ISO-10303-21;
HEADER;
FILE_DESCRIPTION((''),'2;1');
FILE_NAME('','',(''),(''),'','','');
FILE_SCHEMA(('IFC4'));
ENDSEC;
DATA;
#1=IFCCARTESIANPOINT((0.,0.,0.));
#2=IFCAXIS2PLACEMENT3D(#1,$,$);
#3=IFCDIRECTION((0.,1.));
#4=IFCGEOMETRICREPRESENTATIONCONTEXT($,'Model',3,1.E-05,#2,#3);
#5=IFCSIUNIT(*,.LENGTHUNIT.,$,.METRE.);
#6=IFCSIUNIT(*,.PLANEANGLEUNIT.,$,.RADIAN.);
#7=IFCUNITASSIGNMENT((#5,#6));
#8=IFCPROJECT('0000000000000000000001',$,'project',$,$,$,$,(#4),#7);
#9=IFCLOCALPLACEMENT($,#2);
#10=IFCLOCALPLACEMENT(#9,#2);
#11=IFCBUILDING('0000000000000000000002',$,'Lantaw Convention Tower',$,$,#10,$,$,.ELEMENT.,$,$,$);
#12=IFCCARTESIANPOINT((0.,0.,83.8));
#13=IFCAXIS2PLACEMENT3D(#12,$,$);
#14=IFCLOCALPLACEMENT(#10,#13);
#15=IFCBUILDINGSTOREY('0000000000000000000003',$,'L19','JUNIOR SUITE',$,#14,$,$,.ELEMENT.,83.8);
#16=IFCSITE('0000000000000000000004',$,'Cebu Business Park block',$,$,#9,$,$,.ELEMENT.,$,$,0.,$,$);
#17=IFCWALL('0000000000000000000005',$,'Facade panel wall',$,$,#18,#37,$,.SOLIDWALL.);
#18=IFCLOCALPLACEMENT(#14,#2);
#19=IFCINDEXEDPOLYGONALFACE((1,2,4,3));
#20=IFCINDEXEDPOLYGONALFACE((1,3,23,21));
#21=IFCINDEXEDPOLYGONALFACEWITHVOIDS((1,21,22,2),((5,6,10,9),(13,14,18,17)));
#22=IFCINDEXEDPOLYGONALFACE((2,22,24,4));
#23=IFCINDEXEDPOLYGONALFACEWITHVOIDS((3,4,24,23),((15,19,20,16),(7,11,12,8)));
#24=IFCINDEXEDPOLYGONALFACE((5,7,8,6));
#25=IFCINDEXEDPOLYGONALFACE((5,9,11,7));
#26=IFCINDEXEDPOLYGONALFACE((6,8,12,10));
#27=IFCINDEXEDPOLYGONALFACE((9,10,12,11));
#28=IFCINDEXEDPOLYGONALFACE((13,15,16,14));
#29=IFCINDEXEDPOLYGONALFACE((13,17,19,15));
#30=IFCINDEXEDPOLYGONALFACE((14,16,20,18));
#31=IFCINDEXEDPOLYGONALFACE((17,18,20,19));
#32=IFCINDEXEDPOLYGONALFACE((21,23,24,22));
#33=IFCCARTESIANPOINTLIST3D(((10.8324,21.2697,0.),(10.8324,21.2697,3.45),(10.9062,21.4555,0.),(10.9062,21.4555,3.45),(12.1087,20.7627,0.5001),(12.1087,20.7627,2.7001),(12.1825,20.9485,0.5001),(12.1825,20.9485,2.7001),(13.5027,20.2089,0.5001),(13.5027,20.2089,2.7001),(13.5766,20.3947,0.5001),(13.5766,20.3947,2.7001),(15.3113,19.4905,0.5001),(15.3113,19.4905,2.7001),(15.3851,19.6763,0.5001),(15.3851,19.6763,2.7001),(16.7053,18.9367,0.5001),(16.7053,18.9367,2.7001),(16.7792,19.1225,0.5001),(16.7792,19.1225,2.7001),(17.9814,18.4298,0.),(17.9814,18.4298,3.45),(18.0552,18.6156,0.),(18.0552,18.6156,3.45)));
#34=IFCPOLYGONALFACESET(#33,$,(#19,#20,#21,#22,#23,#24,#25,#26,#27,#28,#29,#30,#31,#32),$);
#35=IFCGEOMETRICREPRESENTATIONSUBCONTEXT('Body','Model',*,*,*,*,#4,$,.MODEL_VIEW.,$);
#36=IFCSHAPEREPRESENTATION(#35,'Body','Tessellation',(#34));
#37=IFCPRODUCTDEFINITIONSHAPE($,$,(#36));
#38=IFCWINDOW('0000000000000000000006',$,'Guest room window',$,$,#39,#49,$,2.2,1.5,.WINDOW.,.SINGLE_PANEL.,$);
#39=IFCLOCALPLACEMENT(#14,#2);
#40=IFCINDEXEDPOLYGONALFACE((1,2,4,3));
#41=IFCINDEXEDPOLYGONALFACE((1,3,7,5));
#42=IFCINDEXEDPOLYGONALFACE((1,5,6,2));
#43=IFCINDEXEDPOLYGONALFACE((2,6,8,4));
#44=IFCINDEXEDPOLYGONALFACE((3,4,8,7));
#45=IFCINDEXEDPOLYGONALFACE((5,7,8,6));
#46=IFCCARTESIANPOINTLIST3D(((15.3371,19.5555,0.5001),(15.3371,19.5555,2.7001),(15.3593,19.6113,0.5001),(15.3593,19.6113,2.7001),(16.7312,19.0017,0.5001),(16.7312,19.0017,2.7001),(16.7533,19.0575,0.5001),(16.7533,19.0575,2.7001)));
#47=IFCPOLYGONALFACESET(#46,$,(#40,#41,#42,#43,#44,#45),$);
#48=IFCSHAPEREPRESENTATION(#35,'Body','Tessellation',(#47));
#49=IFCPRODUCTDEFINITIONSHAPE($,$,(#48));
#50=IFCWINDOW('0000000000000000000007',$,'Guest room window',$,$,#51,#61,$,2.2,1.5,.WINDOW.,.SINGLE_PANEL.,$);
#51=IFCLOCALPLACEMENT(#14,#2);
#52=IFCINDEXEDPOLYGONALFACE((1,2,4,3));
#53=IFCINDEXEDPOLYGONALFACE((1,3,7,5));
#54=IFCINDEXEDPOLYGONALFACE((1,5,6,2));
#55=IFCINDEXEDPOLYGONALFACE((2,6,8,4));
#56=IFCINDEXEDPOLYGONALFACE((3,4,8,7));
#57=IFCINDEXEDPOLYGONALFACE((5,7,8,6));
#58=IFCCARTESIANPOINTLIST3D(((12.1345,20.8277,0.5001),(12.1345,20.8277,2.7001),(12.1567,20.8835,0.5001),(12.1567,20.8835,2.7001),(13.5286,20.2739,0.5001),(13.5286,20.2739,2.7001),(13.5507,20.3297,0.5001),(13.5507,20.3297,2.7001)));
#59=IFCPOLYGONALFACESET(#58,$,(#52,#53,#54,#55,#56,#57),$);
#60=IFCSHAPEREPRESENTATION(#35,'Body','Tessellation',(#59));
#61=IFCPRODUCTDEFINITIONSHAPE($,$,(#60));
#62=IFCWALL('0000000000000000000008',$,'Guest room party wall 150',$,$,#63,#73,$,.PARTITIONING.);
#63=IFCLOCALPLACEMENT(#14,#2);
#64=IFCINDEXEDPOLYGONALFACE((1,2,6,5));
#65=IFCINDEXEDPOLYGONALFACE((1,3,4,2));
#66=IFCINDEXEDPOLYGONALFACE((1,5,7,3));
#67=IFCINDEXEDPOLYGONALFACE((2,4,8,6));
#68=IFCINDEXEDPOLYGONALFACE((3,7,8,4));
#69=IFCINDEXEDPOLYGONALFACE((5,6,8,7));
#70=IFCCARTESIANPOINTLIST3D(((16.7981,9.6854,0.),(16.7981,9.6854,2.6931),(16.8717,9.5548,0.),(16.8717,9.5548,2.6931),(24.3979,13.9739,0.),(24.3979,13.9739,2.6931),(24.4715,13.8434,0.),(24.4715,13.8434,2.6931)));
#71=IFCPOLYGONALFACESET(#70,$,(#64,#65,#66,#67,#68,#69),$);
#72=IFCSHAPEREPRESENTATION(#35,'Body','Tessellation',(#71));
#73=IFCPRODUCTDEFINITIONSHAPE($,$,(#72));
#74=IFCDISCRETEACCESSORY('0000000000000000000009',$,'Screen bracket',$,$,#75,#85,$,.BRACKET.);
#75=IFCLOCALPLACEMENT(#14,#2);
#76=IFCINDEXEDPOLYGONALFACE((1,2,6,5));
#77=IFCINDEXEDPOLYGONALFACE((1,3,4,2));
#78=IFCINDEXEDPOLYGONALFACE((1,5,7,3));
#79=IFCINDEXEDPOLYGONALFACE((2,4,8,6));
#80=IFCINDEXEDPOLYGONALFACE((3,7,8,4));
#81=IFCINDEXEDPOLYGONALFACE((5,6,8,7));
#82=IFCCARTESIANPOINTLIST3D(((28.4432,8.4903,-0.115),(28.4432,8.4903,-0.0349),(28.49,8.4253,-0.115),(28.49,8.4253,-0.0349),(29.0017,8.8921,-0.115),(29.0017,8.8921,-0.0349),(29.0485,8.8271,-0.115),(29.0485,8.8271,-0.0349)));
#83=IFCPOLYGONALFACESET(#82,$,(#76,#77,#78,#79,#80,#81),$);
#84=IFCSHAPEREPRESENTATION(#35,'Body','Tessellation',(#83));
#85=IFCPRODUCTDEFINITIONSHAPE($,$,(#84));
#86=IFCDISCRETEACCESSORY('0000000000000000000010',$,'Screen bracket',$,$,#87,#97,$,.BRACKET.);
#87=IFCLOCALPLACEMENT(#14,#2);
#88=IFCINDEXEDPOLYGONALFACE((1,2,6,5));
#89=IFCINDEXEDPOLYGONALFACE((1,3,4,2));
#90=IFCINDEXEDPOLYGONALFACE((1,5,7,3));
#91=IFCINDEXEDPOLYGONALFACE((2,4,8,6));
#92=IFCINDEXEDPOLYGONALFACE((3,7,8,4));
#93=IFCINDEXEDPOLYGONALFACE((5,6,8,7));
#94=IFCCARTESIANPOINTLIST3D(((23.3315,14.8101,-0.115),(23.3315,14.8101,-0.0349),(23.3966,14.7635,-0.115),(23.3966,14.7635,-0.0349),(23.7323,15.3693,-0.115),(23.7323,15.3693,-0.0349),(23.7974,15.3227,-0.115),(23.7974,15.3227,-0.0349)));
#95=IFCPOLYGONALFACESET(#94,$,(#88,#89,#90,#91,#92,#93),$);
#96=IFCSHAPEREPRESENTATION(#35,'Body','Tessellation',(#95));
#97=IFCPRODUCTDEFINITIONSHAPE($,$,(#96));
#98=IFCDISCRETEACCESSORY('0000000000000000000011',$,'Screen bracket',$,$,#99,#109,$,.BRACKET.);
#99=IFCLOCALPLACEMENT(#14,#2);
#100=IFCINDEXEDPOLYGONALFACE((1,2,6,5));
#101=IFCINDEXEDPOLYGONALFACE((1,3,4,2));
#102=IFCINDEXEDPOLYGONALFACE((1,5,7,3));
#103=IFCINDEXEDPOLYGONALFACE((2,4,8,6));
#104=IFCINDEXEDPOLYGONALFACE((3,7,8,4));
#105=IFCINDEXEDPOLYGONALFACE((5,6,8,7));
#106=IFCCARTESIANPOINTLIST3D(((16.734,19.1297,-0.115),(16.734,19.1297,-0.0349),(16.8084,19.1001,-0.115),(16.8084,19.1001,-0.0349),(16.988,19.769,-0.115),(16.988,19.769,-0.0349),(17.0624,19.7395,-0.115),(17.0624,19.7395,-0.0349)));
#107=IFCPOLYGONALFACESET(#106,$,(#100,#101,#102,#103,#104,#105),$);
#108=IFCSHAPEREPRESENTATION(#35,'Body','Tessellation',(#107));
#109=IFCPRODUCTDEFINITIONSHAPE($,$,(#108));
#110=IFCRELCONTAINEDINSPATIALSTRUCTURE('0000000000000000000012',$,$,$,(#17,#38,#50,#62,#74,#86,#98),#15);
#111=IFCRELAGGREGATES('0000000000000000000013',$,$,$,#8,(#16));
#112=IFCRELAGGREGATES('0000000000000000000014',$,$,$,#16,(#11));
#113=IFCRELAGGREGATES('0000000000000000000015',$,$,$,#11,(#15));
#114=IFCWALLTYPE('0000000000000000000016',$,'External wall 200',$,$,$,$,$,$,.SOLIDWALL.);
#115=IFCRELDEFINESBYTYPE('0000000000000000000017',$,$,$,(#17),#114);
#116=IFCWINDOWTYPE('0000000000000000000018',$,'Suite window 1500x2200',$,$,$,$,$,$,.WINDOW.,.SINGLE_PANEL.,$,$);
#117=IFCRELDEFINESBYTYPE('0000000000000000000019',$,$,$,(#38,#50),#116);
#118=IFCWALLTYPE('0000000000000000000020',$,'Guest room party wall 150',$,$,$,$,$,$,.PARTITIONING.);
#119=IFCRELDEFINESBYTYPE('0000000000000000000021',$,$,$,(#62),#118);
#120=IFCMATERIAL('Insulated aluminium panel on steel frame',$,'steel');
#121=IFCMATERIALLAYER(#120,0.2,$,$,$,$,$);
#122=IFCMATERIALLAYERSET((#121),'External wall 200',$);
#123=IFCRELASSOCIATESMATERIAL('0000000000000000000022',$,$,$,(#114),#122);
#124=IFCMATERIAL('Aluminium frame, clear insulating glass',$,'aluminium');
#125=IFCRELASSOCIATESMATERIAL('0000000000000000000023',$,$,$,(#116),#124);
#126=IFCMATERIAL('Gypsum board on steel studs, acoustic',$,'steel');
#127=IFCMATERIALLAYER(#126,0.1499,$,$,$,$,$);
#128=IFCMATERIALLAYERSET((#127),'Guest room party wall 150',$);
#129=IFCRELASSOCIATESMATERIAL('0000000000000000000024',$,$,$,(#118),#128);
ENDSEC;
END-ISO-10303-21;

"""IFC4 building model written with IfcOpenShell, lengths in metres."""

from ifc_helpers import new_model, si_unit, direction, frame, frame_2d, origin, origin_2d, place, context, subcontext, project, spatial, rectangle, extrude, material, layer, layer_set, type_object, element, fill, save


model = new_model("IFC4")

# Units and contexts
model_context = context("Model", 3, precision=1e-05, world=origin(), true_north=direction((0.0, 1.0)))
body_context = subcontext(model_context, "Body", "Model", "MODEL_VIEW")
ifc_project = project(units=[si_unit("LENGTHUNIT", "METRE"), si_unit("PLANEANGLEUNIT", "RADIAN")], contexts=[model_context])

# Site, building, storey
site_placement = place(None, origin())
site = spatial("IfcSite", under=ifc_project, at=site_placement, Name="Cebu Business Park block", CompositionType="ELEMENT", RefElevation=0.0)
building_placement = place(site_placement, origin())
building = spatial("IfcBuilding", under=site, at=building_placement, Name="Lantaw Convention Tower", CompositionType="ELEMENT")
storey_placement = place(building_placement, frame((0.0, 0.0, 83.8)))
storey = spatial("IfcBuildingStorey", under=building, at=storey_placement, Name="L19", Description="JUNIOR SUITE", CompositionType="ELEMENT", Elevation=83.8)

# Wall, openings, windows
ifc_material_1 = material(Name="Insulated aluminium panel on steel frame", Category="steel")
ifc_layer_1 = layer(ifc_material_1, 0.2)
ifc_layer_set_1 = layer_set([ifc_layer_1], Name="External wall 200")
wall_type_1 = type_object("IfcWallType", Name="External wall 200", PredefinedType="SOLIDWALL", material=ifc_layer_set_1)
ifc_material_2 = material(Name="Aluminium frame, clear insulating glass", Category="aluminium")
window_type = type_object("IfcWindowType", Name="Suite window 1500x2200", PartitioningType="SINGLE_PANEL", PredefinedType="WINDOW", material=ifc_material_2)
wall_1_placement = place(storey_placement, frame((18.0183, 18.5227, 0.0), z_axis=(0.0, 0.0, 1.0), x_axis=(-0.929358, 0.369179, 0.0)))
wall_1 = element("IfcWall", 1, at=wall_1_placement, inside=storey, type_object=wall_type_1, Name="Facade panel wall", PredefinedType="SOLIDWALL", context=body_context, shape_type="SweptSolid", body=[
    extrude(rectangle(XDim=7.6924, YDim=0.2, at=frame_2d((3.8462, 0.0))), origin(), (0.0, 0.0, 1.0), 3.45),
])
opening_1_placement = place(wall_1_placement, frame((1.373, 0.0, 0.5)))
opening_1 = element("IfcOpeningElement", 2, at=opening_1_placement, cuts=wall_1, PredefinedType="OPENING", context=body_context, shape_type="SweptSolid", body=[
    extrude(rectangle(XDim=1.5, YDim=2.2, at=frame_2d((0.75, 1.1001))), frame((0.0, 0.1099, 0.0), z_axis=(0.0, -1.0, 0.0), x_axis=(1.0, 0.0, 0.0)), (0.0, 0.0, 1.0), 0.22),
])
opening_2_placement = place(wall_1_placement, frame((4.8191, 0.0, 0.5)))
opening_2 = element("IfcOpeningElement", 3, at=opening_2_placement, cuts=wall_1, PredefinedType="OPENING", context=body_context, shape_type="SweptSolid", body=[
    extrude(rectangle(XDim=1.5, YDim=2.2, at=frame_2d((0.75, 1.1001))), frame((0.0, 0.1099, 0.0), z_axis=(0.0, -1.0, 0.0), x_axis=(1.0, 0.0, 0.0)), (0.0, 0.0, 1.0), 0.22),
])
window_1_placement = place(opening_1_placement, origin())
window_1 = element("IfcWindow", 4, at=window_1_placement, inside=storey, type_object=window_type, Name="Guest room window", OverallHeight=2.2, OverallWidth=1.5, PartitioningType="SINGLE_PANEL", PredefinedType="WINDOW", context=body_context, shape_type="SweptSolid", body=[
    extrude(rectangle(XDim=1.5, YDim=2.2, at=frame_2d((0.75, 1.1001))), frame((0.0, 0.03, 0.0), z_axis=(0.0, -1.0, 0.0), x_axis=(1.0, 0.0, 0.0)), (0.0, 0.0, 1.0), 0.0601),
])
fill(opening_1, window_1)
window_2_placement = place(opening_2_placement, origin())
window_2 = element("IfcWindow", 5, at=window_2_placement, inside=storey, type_object=window_type, Name="Guest room window", OverallHeight=2.2, OverallWidth=1.5, PartitioningType="SINGLE_PANEL", PredefinedType="WINDOW", context=body_context, shape_type="SweptSolid", body=[
    extrude(rectangle(XDim=1.5, YDim=2.2, at=frame_2d((0.75, 1.1001))), frame((0.0, 0.03, 0.0), z_axis=(0.0, -1.0, 0.0), x_axis=(1.0, 0.0, 0.0)), (0.0, 0.0, 1.0), 0.0601),
])
fill(opening_2, window_2)

# Wall
ifc_material_3 = material(Name="Gypsum board on steel studs, acoustic", Category="steel")
ifc_layer_2 = layer(ifc_material_3, 0.1499)
ifc_layer_set_2 = layer_set([ifc_layer_2], Name="Guest room party wall 150")
wall_type_2 = type_object("IfcWallType", Name="Guest room party wall 150", PredefinedType="PARTITIONING", material=ifc_layer_set_2)
wall_2_placement = place(storey_placement, frame((24.4348, 13.9087, 0.0), z_axis=(0.0, 0.0, 1.0), x_axis=(-0.870906, -0.49145, 0.0)))
element("IfcWall", 6, at=wall_2_placement, inside=storey, type_object=wall_type_2, Name="Guest room party wall 150", PredefinedType="PARTITIONING", context=body_context, shape_type="SweptSolid", body=[
    extrude(rectangle(XDim=8.7263, YDim=0.1499, at=frame_2d((4.3633, 0.0))), origin(), (0.0, 0.0, 1.0), 2.6931),
])

# Discrete accessories
for number, where, z_axis, x_axis, name in (
    (7, (28.7458, 8.6587, -0.115), (0.0, 0.0, 1.0), (-0.583951, 0.811789, 0.0), "Screen bracket"),
    (8, (23.5645, 15.0664, -0.115), (0.0, 0.0, 1.0), (-0.812804, 0.582538, 0.0), "Screen bracket"),
    (9, (16.8982, 19.4346, -0.115), (0.0, 0.0, 1.0), (-0.929361, 0.369172, 0.0), "Screen bracket"),
):
    element("IfcDiscreteAccessory", number, at=place(storey_placement, frame(where, z_axis=z_axis, x_axis=x_axis)), inside=storey, Name=name, PredefinedType="BRACKET", context=body_context, shape_type="SweptSolid", body=[
        extrude(rectangle(XDim=0.0801, YDim=0.688, at=origin_2d()), origin(), (0.0, 0.0, 1.0), 0.0801),
    ])

save(model, "model.ifc")
